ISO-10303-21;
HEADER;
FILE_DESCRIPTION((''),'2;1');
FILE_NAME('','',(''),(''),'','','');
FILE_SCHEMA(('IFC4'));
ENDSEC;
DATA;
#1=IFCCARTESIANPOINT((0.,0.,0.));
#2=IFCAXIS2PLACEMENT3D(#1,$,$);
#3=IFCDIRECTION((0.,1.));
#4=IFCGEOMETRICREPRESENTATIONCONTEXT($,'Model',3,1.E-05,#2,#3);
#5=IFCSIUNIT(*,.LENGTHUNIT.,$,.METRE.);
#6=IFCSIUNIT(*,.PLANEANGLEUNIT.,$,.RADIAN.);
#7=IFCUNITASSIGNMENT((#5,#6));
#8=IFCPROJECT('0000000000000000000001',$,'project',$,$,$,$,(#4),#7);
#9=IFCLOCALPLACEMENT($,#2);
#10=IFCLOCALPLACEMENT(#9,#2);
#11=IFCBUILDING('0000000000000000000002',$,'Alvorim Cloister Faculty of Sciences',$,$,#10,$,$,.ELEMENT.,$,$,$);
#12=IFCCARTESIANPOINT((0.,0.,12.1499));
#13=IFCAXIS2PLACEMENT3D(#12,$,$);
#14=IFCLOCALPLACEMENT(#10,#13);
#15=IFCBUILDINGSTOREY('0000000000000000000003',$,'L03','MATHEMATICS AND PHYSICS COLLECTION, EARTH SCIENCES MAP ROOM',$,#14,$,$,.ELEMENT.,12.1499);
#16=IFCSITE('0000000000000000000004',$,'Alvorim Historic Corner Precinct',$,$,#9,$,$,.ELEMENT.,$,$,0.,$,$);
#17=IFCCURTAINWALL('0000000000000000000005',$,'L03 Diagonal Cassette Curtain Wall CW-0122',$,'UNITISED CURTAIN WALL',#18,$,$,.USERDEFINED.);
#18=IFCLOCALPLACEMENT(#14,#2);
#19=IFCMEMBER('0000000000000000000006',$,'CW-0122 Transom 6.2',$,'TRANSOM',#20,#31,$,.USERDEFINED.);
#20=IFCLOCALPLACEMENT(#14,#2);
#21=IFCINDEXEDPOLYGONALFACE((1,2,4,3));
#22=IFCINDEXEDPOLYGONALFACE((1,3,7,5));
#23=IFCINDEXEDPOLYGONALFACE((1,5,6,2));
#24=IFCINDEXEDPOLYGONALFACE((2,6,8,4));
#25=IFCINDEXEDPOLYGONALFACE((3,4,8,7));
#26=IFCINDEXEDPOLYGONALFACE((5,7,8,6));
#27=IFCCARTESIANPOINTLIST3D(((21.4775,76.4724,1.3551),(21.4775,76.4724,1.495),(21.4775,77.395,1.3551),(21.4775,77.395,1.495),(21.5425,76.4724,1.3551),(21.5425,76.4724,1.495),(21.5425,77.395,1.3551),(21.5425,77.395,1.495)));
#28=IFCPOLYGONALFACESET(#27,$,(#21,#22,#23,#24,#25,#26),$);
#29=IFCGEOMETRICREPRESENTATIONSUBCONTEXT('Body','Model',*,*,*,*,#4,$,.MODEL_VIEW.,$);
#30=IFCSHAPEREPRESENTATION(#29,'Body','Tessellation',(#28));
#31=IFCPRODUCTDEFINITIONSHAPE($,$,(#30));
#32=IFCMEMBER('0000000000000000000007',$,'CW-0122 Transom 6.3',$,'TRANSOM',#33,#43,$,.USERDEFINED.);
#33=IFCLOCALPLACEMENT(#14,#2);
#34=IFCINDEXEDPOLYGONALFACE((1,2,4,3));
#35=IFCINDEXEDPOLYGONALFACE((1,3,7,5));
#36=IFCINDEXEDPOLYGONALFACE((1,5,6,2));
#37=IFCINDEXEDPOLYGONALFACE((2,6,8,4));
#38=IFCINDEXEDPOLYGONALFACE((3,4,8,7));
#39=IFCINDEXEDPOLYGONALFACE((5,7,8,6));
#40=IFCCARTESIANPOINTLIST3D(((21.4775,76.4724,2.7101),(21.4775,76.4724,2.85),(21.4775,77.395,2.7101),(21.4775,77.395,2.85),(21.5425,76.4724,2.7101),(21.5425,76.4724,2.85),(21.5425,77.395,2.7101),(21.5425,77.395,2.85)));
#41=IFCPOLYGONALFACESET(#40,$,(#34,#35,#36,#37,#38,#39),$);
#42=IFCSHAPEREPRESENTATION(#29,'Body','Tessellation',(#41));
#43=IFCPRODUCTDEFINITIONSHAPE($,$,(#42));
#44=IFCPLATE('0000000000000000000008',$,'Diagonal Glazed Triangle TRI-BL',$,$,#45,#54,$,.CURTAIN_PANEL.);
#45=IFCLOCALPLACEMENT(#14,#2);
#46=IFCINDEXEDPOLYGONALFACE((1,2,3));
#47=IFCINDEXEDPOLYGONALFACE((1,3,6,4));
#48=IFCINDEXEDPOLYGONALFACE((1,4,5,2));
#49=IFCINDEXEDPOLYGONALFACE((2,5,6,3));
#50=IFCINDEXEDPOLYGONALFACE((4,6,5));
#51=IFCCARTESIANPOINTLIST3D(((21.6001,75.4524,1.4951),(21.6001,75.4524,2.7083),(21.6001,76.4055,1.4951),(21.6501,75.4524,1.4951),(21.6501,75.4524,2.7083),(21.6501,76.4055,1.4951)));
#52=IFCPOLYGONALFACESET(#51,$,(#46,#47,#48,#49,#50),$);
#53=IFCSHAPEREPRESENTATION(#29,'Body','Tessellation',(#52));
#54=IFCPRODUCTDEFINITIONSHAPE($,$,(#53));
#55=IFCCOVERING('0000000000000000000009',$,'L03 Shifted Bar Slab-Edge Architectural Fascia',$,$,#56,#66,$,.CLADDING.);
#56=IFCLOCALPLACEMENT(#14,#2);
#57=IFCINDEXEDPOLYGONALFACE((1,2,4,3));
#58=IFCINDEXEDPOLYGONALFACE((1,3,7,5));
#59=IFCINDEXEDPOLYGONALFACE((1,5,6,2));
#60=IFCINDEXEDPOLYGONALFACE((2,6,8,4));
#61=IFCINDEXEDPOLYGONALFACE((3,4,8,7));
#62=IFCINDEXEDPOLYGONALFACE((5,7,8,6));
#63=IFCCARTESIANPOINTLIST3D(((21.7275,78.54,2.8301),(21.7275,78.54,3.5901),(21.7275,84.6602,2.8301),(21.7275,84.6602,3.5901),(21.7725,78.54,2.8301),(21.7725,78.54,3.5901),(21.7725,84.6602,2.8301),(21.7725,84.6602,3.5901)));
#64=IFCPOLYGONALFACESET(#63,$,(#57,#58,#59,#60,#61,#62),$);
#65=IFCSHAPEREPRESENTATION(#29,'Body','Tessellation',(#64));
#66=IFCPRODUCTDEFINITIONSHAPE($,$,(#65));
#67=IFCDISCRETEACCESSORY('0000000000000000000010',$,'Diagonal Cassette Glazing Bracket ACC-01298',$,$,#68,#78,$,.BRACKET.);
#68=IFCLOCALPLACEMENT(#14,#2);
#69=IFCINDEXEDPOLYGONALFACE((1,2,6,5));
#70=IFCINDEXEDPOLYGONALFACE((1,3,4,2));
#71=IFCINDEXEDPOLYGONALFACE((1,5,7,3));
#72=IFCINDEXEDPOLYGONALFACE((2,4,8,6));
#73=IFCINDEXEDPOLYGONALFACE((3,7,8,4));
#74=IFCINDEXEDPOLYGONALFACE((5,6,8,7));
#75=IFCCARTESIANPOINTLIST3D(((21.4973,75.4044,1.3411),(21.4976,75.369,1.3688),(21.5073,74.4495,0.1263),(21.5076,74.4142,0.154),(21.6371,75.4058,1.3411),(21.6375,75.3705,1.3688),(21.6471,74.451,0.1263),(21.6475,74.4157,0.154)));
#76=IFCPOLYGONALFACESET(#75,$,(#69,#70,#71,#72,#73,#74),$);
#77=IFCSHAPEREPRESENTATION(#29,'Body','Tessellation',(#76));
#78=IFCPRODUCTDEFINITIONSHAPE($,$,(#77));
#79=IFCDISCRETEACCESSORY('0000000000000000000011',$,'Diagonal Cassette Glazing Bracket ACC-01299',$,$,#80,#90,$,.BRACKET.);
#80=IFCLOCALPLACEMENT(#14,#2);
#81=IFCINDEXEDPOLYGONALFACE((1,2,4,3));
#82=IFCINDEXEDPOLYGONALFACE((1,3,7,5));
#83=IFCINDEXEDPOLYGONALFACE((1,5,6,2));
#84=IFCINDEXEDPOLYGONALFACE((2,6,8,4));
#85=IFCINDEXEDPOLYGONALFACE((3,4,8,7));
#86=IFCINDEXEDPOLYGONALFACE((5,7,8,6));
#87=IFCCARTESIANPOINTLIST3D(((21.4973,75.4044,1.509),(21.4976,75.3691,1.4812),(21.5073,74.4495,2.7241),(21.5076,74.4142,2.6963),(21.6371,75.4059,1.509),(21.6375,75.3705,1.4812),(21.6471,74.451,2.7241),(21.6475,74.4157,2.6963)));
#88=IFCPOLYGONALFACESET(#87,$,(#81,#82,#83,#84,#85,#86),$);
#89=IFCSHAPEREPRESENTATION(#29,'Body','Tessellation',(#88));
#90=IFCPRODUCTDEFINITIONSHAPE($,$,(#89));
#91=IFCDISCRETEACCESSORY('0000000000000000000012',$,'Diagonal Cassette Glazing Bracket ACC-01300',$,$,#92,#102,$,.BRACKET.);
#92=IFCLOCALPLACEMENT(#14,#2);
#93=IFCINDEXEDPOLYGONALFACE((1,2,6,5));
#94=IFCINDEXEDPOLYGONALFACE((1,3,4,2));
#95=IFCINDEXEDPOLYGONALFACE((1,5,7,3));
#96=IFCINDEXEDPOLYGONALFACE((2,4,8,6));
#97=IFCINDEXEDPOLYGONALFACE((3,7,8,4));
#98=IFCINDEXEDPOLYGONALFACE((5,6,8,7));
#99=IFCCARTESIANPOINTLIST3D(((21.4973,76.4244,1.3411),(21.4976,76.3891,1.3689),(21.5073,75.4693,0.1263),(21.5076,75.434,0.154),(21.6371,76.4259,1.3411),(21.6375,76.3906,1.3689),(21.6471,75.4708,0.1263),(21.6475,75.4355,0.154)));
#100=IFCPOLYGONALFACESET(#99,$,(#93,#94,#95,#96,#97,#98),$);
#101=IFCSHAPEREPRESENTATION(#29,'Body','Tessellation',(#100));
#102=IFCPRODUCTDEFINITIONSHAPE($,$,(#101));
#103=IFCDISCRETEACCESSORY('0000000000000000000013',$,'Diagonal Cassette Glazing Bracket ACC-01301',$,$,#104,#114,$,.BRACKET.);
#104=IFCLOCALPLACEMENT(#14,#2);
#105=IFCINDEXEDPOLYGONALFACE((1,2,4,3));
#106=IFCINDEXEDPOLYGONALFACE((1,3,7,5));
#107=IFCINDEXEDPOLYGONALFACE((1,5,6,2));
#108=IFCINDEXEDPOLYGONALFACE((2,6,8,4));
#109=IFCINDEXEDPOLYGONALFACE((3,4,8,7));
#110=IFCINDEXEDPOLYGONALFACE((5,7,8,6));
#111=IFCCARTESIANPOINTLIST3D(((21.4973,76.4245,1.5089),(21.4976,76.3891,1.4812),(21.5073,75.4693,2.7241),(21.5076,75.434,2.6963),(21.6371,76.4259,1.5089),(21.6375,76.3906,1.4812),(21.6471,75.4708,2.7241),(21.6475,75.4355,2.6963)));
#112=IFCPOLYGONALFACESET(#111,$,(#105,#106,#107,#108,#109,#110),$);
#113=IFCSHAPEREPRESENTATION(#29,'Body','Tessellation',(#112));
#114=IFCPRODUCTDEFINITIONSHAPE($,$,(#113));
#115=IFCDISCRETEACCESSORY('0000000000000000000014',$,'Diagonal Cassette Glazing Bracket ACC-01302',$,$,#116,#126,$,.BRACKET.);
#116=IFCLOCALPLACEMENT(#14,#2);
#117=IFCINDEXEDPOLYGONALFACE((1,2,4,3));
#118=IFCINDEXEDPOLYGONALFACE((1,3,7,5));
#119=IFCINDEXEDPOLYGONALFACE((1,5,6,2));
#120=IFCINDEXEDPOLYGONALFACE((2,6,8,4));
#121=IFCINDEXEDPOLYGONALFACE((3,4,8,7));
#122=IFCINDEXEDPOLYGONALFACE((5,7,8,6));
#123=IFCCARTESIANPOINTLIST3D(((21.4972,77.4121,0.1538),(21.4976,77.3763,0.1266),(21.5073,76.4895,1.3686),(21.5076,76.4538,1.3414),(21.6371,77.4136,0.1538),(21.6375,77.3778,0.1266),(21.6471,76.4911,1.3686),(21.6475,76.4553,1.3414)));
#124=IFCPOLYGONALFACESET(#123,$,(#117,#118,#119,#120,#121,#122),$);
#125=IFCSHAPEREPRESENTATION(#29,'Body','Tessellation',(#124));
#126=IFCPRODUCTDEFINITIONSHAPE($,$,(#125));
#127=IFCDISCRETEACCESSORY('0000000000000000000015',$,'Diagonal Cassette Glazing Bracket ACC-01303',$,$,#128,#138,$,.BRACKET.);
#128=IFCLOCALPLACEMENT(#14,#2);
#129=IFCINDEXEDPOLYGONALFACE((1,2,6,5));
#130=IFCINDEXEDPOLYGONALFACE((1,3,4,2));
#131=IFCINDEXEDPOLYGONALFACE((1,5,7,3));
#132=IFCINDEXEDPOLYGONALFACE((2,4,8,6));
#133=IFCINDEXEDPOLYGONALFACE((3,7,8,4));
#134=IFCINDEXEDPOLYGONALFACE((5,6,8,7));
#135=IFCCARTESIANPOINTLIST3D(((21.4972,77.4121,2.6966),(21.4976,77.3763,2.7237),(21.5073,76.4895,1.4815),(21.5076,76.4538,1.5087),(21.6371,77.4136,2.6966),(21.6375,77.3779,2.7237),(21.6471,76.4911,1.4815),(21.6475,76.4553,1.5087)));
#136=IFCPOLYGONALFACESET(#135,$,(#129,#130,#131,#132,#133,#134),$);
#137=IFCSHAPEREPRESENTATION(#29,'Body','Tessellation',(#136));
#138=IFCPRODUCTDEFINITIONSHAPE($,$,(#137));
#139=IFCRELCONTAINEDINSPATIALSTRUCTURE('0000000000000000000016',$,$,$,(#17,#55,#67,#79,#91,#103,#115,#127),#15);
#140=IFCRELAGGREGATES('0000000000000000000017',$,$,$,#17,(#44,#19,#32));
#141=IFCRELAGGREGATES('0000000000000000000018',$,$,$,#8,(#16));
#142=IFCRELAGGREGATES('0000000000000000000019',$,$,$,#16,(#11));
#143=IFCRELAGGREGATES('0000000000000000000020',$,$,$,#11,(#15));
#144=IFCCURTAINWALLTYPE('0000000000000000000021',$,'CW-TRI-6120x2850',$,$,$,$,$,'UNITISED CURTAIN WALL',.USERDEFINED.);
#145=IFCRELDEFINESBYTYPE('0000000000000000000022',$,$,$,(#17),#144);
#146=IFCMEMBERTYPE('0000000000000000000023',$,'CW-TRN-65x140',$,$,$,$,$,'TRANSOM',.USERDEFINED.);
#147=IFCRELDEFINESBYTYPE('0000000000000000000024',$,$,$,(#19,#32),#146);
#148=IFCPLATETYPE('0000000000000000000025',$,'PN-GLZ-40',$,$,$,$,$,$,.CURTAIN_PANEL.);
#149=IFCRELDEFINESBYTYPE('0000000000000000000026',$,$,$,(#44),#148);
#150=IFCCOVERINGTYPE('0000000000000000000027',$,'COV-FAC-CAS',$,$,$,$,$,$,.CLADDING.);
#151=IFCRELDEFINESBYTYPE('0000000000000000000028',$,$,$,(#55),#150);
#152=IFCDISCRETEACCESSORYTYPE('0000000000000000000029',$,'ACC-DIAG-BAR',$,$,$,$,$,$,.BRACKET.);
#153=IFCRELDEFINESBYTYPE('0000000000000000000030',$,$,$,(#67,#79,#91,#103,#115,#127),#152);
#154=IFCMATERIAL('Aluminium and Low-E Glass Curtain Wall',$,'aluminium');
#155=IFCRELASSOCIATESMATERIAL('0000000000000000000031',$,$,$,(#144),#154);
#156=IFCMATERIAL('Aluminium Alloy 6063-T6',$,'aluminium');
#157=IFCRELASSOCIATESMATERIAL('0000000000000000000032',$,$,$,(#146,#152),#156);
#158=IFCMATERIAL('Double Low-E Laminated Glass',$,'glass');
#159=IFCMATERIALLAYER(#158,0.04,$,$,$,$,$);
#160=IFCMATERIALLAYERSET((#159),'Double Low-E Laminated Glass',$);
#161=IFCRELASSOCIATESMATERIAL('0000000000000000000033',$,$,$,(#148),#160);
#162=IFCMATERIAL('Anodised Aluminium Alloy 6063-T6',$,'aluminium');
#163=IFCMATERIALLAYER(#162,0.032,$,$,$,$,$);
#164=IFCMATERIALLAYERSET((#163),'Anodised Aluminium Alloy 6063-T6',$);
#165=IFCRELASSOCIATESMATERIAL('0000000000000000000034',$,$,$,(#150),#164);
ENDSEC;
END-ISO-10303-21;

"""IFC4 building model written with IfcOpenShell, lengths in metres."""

from ifc_helpers import new_model, si_unit, direction, frame, origin, origin_2d, place, context, subcontext, project, spatial, polyline, rectangle, outline, extrude, material, layer, layer_set, material_profile, profile_set, type_object, element, aggregate, save


model = new_model("IFC4")

# Units and contexts
model_context = context("Model", 3, precision=1e-05, world=origin(), true_north=direction((0.0, 1.0)))
body_context = subcontext(model_context, "Body", "Model", "MODEL_VIEW")
ifc_project = project(units=[si_unit("LENGTHUNIT", "METRE"), si_unit("PLANEANGLEUNIT", "RADIAN")], contexts=[model_context])

# Site, building, storey
site_placement = place(None, origin())
site = spatial("IfcSite", under=ifc_project, at=site_placement, Name="Alvorim Historic Corner Precinct", CompositionType="ELEMENT", RefElevation=0.0)
building_placement = place(site_placement, origin())
building = spatial("IfcBuilding", under=site, at=building_placement, Name="Alvorim Cloister Faculty of Sciences", CompositionType="ELEMENT")
storey_placement = place(building_placement, frame((0.0, 0.0, 12.1499)))
storey = spatial("IfcBuildingStorey", under=building, at=storey_placement, Name="L03", Description="MATHEMATICS AND PHYSICS COLLECTION, EARTH SCIENCES MAP ROOM", CompositionType="ELEMENT", Elevation=12.1499)

# Shared definitions
ifc_material_1 = material(Name="Aluminium and Low-E Glass Curtain Wall", Category="aluminium")
curtain_wall_type = type_object("IfcCurtainWallType", Name="CW-TRI-6120x2850", ElementType="UNITISED CURTAIN WALL", PredefinedType="USERDEFINED", material=ifc_material_1)
ifc_material_2 = material(Name="Aluminium Alloy 6063-T6", Category="aluminium")

# Curtain wall, members, plate
curtain_wall_1_placement = place(storey_placement, origin())
curtain_wall_1 = element("IfcCurtainWall", 1, at=curtain_wall_1_placement, inside=storey, type_object=curtain_wall_type, Name="L03 Diagonal Cassette Curtain Wall CW-0122", ObjectType="UNITISED CURTAIN WALL", PredefinedType="USERDEFINED")
ifc_material_profile_1 = material_profile(ifc_material_2, rectangle(XDim=0.0649, YDim=0.1399, at=origin_2d()), Name="ALU-TRN-65x140")
ifc_profile_set_1 = profile_set([ifc_material_profile_1], Name="Aluminium Alloy 6063-T6")
member_type_1 = type_object("IfcMemberType", Name="CW-TRN-65x140", ElementType="TRANSOM", PredefinedType="USERDEFINED", material=ifc_profile_set_1)
member_1_placement = place(storey_placement, frame((21.51, 76.4724, 1.425), z_axis=(0.0, 1.0, 0.0), x_axis=(-1.0, 0.0, 0.0)))
member_1 = element("IfcMember", 2, at=member_1_placement, type_object=member_type_1, Name="CW-0122 Transom 6.2", ObjectType="TRANSOM", PredefinedType="USERDEFINED", context=body_context, shape_type="SweptSolid", body=[
    extrude(rectangle(XDim=0.0649, YDim=0.1399, at=origin_2d()), origin(), (0.0, 0.0, 1.0), 0.9226),
])
member_2_placement = place(storey_placement, frame((21.51, 76.4724, 2.78), z_axis=(0.0, 1.0, 0.0), x_axis=(-1.0, 0.0, 0.0)))
member_2 = element("IfcMember", 3, at=member_2_placement, type_object=member_type_1, Name="CW-0122 Transom 6.3", ObjectType="TRANSOM", PredefinedType="USERDEFINED", context=body_context, shape_type="SweptSolid", body=[
    extrude(rectangle(XDim=0.0649, YDim=0.1399, at=origin_2d()), origin(), (0.0, 0.0, 1.0), 0.9226),
])
ifc_material_3 = material(Name="Double Low-E Laminated Glass", Category="glass")
ifc_layer_1 = layer(ifc_material_3, 0.04)
ifc_layer_set_1 = layer_set([ifc_layer_1], Name="Double Low-E Laminated Glass")
plate_type = type_object("IfcPlateType", Name="PN-GLZ-40", PredefinedType="CURTAIN_PANEL", material=ifc_layer_set_1)
plate_1_placement = place(storey_placement, frame((21.625, 75.4524, 1.4951), z_axis=(0.0, 0.0, 1.0), x_axis=(0.0, 1.0, 0.0)))
plate_1 = element("IfcPlate", 4, at=plate_1_placement, type_object=plate_type, Name="Diagonal Glazed Triangle TRI-BL", PredefinedType="CURTAIN_PANEL", context=body_context, shape_type="SweptSolid", body=[
    extrude(outline(polyline([(0.0, 0.0), (0.9531, 0.0), (0.0, 1.2131), (0.0, 0.0)])), frame((0.0, 0.0249, 0.0), z_axis=(0.0, -1.0, 0.0), x_axis=(1.0, 0.0, 0.0)), (0.0, 0.0, 1.0), 0.05),
])
aggregate(curtain_wall_1, [plate_1, member_1, member_2])

# Covering
ifc_material_4 = material(Name="Anodised Aluminium Alloy 6063-T6", Category="aluminium")
ifc_layer_2 = layer(ifc_material_4, 0.032)
ifc_layer_set_2 = layer_set([ifc_layer_2], Name="Anodised Aluminium Alloy 6063-T6")
covering_type = type_object("IfcCoveringType", Name="COV-FAC-CAS", PredefinedType="CLADDING", material=ifc_layer_set_2)
covering_placement = place(storey_placement, frame((21.75, 78.54, 2.8301), z_axis=(0.0, 0.0, 1.0), x_axis=(0.0, 1.0, 0.0)))
element("IfcCovering", 5, at=covering_placement, inside=storey, type_object=covering_type, Name="L03 Shifted Bar Slab-Edge Architectural Fascia", PredefinedType="CLADDING", context=body_context, shape_type="SweptSolid", body=[
    extrude(outline(polyline([(0.0, 0.0), (6.1201, 0.0), (6.1201, 0.76), (0.0, 0.76), (0.0, 0.0)])), frame((0.0, 0.0225, 0.0), z_axis=(0.0, -1.0, 0.0), x_axis=(1.0, 0.0, 0.0)), (0.0, 0.0, 1.0), 0.0449),
])

# Discrete accessories
discrete_accessory_type = type_object("IfcDiscreteAccessoryType", Name="ACC-DIAG-BAR", PredefinedType="BRACKET", material=ifc_material_2)
discrete_accessory_1_placement = place(storey_placement, frame((21.5774, 74.4326, 0.1401), z_axis=(-0.006478, 0.617934, 0.786203), x_axis=(-0.999945, -0.010483, 0.0)))
element("IfcDiscreteAccessory", 6, at=discrete_accessory_1_placement, inside=storey, type_object=discrete_accessory_type, Name="Diagonal Cassette Glazing Bracket ACC-01298", PredefinedType="BRACKET", context=body_context, shape_type="SweptSolid", body=[
    extrude(rectangle(XDim=0.1399, YDim=0.0449, at=origin_2d()), origin(), (0.0, 0.0, 1.0), 1.5452),
])
for number, where, z_axis, x_axis, name in (
    (7, (21.5774, 74.4326, 2.7102), (-0.006477, 0.617857, -0.786263), (-0.999945, -0.010483, 0.0), "Diagonal Cassette Glazing Bracket ACC-01299"),
    (8, (21.5774, 75.4524, 0.1401), (-0.006477, 0.618032, 0.786126), (-0.999945, -0.01048, 0.0), "Diagonal Cassette Glazing Bracket ACC-01300"),
):
    element("IfcDiscreteAccessory", number, at=place(storey_placement, frame(where, z_axis=z_axis, x_axis=x_axis)), inside=storey, type_object=discrete_accessory_type, Name=name, PredefinedType="BRACKET", context=body_context, shape_type="SweptSolid", body=[
        extrude(rectangle(XDim=0.1399, YDim=0.0449, at=origin_2d()), origin(), (0.0, 0.0, 1.0), 1.5454),
    ])
discrete_accessory_2_placement = place(storey_placement, frame((21.5774, 75.4524, 2.7102), z_axis=(-0.006477, 0.617955, -0.786187), x_axis=(-0.999945, -0.01048, 0.0)))
element("IfcDiscreteAccessory", 9, at=discrete_accessory_2_placement, inside=storey, type_object=discrete_accessory_type, Name="Diagonal Cassette Glazing Bracket ACC-01301", PredefinedType="BRACKET", context=body_context, shape_type="SweptSolid", body=[
    extrude(rectangle(XDim=0.1399, YDim=0.0449, at=origin_2d()), origin(), (0.0, 0.0, 1.0), 1.5457),
])
discrete_accessory_3_placement = place(storey_placement, frame((21.5774, 76.4724, 1.355), z_axis=(-0.006562, 0.60479, -0.796358), x_axis=(-0.999941, -0.010849, 0.0)))
element("IfcDiscreteAccessory", 10, at=discrete_accessory_3_placement, inside=storey, type_object=discrete_accessory_type, Name="Diagonal Cassette Glazing Bracket ACC-01302", PredefinedType="BRACKET", context=body_context, shape_type="SweptSolid", body=[
    extrude(rectangle(XDim=0.1399, YDim=0.0449, at=origin_2d()), origin(), (0.0, 0.0, 1.0), 1.5254),
])
discrete_accessory_4_placement = place(storey_placement, frame((21.5774, 76.4724, 1.4951), z_axis=(-0.006561, 0.604713, 0.796416), x_axis=(-0.999941, -0.010849, 0.0)))
element("IfcDiscreteAccessory", 11, at=discrete_accessory_4_placement, inside=storey, type_object=discrete_accessory_type, Name="Diagonal Cassette Glazing Bracket ACC-01303", PredefinedType="BRACKET", context=body_context, shape_type="SweptSolid", body=[
    extrude(rectangle(XDim=0.1399, YDim=0.0449, at=origin_2d()), origin(), (0.0, 0.0, 1.0), 1.5256),
])

save(model, "model.ifc")
